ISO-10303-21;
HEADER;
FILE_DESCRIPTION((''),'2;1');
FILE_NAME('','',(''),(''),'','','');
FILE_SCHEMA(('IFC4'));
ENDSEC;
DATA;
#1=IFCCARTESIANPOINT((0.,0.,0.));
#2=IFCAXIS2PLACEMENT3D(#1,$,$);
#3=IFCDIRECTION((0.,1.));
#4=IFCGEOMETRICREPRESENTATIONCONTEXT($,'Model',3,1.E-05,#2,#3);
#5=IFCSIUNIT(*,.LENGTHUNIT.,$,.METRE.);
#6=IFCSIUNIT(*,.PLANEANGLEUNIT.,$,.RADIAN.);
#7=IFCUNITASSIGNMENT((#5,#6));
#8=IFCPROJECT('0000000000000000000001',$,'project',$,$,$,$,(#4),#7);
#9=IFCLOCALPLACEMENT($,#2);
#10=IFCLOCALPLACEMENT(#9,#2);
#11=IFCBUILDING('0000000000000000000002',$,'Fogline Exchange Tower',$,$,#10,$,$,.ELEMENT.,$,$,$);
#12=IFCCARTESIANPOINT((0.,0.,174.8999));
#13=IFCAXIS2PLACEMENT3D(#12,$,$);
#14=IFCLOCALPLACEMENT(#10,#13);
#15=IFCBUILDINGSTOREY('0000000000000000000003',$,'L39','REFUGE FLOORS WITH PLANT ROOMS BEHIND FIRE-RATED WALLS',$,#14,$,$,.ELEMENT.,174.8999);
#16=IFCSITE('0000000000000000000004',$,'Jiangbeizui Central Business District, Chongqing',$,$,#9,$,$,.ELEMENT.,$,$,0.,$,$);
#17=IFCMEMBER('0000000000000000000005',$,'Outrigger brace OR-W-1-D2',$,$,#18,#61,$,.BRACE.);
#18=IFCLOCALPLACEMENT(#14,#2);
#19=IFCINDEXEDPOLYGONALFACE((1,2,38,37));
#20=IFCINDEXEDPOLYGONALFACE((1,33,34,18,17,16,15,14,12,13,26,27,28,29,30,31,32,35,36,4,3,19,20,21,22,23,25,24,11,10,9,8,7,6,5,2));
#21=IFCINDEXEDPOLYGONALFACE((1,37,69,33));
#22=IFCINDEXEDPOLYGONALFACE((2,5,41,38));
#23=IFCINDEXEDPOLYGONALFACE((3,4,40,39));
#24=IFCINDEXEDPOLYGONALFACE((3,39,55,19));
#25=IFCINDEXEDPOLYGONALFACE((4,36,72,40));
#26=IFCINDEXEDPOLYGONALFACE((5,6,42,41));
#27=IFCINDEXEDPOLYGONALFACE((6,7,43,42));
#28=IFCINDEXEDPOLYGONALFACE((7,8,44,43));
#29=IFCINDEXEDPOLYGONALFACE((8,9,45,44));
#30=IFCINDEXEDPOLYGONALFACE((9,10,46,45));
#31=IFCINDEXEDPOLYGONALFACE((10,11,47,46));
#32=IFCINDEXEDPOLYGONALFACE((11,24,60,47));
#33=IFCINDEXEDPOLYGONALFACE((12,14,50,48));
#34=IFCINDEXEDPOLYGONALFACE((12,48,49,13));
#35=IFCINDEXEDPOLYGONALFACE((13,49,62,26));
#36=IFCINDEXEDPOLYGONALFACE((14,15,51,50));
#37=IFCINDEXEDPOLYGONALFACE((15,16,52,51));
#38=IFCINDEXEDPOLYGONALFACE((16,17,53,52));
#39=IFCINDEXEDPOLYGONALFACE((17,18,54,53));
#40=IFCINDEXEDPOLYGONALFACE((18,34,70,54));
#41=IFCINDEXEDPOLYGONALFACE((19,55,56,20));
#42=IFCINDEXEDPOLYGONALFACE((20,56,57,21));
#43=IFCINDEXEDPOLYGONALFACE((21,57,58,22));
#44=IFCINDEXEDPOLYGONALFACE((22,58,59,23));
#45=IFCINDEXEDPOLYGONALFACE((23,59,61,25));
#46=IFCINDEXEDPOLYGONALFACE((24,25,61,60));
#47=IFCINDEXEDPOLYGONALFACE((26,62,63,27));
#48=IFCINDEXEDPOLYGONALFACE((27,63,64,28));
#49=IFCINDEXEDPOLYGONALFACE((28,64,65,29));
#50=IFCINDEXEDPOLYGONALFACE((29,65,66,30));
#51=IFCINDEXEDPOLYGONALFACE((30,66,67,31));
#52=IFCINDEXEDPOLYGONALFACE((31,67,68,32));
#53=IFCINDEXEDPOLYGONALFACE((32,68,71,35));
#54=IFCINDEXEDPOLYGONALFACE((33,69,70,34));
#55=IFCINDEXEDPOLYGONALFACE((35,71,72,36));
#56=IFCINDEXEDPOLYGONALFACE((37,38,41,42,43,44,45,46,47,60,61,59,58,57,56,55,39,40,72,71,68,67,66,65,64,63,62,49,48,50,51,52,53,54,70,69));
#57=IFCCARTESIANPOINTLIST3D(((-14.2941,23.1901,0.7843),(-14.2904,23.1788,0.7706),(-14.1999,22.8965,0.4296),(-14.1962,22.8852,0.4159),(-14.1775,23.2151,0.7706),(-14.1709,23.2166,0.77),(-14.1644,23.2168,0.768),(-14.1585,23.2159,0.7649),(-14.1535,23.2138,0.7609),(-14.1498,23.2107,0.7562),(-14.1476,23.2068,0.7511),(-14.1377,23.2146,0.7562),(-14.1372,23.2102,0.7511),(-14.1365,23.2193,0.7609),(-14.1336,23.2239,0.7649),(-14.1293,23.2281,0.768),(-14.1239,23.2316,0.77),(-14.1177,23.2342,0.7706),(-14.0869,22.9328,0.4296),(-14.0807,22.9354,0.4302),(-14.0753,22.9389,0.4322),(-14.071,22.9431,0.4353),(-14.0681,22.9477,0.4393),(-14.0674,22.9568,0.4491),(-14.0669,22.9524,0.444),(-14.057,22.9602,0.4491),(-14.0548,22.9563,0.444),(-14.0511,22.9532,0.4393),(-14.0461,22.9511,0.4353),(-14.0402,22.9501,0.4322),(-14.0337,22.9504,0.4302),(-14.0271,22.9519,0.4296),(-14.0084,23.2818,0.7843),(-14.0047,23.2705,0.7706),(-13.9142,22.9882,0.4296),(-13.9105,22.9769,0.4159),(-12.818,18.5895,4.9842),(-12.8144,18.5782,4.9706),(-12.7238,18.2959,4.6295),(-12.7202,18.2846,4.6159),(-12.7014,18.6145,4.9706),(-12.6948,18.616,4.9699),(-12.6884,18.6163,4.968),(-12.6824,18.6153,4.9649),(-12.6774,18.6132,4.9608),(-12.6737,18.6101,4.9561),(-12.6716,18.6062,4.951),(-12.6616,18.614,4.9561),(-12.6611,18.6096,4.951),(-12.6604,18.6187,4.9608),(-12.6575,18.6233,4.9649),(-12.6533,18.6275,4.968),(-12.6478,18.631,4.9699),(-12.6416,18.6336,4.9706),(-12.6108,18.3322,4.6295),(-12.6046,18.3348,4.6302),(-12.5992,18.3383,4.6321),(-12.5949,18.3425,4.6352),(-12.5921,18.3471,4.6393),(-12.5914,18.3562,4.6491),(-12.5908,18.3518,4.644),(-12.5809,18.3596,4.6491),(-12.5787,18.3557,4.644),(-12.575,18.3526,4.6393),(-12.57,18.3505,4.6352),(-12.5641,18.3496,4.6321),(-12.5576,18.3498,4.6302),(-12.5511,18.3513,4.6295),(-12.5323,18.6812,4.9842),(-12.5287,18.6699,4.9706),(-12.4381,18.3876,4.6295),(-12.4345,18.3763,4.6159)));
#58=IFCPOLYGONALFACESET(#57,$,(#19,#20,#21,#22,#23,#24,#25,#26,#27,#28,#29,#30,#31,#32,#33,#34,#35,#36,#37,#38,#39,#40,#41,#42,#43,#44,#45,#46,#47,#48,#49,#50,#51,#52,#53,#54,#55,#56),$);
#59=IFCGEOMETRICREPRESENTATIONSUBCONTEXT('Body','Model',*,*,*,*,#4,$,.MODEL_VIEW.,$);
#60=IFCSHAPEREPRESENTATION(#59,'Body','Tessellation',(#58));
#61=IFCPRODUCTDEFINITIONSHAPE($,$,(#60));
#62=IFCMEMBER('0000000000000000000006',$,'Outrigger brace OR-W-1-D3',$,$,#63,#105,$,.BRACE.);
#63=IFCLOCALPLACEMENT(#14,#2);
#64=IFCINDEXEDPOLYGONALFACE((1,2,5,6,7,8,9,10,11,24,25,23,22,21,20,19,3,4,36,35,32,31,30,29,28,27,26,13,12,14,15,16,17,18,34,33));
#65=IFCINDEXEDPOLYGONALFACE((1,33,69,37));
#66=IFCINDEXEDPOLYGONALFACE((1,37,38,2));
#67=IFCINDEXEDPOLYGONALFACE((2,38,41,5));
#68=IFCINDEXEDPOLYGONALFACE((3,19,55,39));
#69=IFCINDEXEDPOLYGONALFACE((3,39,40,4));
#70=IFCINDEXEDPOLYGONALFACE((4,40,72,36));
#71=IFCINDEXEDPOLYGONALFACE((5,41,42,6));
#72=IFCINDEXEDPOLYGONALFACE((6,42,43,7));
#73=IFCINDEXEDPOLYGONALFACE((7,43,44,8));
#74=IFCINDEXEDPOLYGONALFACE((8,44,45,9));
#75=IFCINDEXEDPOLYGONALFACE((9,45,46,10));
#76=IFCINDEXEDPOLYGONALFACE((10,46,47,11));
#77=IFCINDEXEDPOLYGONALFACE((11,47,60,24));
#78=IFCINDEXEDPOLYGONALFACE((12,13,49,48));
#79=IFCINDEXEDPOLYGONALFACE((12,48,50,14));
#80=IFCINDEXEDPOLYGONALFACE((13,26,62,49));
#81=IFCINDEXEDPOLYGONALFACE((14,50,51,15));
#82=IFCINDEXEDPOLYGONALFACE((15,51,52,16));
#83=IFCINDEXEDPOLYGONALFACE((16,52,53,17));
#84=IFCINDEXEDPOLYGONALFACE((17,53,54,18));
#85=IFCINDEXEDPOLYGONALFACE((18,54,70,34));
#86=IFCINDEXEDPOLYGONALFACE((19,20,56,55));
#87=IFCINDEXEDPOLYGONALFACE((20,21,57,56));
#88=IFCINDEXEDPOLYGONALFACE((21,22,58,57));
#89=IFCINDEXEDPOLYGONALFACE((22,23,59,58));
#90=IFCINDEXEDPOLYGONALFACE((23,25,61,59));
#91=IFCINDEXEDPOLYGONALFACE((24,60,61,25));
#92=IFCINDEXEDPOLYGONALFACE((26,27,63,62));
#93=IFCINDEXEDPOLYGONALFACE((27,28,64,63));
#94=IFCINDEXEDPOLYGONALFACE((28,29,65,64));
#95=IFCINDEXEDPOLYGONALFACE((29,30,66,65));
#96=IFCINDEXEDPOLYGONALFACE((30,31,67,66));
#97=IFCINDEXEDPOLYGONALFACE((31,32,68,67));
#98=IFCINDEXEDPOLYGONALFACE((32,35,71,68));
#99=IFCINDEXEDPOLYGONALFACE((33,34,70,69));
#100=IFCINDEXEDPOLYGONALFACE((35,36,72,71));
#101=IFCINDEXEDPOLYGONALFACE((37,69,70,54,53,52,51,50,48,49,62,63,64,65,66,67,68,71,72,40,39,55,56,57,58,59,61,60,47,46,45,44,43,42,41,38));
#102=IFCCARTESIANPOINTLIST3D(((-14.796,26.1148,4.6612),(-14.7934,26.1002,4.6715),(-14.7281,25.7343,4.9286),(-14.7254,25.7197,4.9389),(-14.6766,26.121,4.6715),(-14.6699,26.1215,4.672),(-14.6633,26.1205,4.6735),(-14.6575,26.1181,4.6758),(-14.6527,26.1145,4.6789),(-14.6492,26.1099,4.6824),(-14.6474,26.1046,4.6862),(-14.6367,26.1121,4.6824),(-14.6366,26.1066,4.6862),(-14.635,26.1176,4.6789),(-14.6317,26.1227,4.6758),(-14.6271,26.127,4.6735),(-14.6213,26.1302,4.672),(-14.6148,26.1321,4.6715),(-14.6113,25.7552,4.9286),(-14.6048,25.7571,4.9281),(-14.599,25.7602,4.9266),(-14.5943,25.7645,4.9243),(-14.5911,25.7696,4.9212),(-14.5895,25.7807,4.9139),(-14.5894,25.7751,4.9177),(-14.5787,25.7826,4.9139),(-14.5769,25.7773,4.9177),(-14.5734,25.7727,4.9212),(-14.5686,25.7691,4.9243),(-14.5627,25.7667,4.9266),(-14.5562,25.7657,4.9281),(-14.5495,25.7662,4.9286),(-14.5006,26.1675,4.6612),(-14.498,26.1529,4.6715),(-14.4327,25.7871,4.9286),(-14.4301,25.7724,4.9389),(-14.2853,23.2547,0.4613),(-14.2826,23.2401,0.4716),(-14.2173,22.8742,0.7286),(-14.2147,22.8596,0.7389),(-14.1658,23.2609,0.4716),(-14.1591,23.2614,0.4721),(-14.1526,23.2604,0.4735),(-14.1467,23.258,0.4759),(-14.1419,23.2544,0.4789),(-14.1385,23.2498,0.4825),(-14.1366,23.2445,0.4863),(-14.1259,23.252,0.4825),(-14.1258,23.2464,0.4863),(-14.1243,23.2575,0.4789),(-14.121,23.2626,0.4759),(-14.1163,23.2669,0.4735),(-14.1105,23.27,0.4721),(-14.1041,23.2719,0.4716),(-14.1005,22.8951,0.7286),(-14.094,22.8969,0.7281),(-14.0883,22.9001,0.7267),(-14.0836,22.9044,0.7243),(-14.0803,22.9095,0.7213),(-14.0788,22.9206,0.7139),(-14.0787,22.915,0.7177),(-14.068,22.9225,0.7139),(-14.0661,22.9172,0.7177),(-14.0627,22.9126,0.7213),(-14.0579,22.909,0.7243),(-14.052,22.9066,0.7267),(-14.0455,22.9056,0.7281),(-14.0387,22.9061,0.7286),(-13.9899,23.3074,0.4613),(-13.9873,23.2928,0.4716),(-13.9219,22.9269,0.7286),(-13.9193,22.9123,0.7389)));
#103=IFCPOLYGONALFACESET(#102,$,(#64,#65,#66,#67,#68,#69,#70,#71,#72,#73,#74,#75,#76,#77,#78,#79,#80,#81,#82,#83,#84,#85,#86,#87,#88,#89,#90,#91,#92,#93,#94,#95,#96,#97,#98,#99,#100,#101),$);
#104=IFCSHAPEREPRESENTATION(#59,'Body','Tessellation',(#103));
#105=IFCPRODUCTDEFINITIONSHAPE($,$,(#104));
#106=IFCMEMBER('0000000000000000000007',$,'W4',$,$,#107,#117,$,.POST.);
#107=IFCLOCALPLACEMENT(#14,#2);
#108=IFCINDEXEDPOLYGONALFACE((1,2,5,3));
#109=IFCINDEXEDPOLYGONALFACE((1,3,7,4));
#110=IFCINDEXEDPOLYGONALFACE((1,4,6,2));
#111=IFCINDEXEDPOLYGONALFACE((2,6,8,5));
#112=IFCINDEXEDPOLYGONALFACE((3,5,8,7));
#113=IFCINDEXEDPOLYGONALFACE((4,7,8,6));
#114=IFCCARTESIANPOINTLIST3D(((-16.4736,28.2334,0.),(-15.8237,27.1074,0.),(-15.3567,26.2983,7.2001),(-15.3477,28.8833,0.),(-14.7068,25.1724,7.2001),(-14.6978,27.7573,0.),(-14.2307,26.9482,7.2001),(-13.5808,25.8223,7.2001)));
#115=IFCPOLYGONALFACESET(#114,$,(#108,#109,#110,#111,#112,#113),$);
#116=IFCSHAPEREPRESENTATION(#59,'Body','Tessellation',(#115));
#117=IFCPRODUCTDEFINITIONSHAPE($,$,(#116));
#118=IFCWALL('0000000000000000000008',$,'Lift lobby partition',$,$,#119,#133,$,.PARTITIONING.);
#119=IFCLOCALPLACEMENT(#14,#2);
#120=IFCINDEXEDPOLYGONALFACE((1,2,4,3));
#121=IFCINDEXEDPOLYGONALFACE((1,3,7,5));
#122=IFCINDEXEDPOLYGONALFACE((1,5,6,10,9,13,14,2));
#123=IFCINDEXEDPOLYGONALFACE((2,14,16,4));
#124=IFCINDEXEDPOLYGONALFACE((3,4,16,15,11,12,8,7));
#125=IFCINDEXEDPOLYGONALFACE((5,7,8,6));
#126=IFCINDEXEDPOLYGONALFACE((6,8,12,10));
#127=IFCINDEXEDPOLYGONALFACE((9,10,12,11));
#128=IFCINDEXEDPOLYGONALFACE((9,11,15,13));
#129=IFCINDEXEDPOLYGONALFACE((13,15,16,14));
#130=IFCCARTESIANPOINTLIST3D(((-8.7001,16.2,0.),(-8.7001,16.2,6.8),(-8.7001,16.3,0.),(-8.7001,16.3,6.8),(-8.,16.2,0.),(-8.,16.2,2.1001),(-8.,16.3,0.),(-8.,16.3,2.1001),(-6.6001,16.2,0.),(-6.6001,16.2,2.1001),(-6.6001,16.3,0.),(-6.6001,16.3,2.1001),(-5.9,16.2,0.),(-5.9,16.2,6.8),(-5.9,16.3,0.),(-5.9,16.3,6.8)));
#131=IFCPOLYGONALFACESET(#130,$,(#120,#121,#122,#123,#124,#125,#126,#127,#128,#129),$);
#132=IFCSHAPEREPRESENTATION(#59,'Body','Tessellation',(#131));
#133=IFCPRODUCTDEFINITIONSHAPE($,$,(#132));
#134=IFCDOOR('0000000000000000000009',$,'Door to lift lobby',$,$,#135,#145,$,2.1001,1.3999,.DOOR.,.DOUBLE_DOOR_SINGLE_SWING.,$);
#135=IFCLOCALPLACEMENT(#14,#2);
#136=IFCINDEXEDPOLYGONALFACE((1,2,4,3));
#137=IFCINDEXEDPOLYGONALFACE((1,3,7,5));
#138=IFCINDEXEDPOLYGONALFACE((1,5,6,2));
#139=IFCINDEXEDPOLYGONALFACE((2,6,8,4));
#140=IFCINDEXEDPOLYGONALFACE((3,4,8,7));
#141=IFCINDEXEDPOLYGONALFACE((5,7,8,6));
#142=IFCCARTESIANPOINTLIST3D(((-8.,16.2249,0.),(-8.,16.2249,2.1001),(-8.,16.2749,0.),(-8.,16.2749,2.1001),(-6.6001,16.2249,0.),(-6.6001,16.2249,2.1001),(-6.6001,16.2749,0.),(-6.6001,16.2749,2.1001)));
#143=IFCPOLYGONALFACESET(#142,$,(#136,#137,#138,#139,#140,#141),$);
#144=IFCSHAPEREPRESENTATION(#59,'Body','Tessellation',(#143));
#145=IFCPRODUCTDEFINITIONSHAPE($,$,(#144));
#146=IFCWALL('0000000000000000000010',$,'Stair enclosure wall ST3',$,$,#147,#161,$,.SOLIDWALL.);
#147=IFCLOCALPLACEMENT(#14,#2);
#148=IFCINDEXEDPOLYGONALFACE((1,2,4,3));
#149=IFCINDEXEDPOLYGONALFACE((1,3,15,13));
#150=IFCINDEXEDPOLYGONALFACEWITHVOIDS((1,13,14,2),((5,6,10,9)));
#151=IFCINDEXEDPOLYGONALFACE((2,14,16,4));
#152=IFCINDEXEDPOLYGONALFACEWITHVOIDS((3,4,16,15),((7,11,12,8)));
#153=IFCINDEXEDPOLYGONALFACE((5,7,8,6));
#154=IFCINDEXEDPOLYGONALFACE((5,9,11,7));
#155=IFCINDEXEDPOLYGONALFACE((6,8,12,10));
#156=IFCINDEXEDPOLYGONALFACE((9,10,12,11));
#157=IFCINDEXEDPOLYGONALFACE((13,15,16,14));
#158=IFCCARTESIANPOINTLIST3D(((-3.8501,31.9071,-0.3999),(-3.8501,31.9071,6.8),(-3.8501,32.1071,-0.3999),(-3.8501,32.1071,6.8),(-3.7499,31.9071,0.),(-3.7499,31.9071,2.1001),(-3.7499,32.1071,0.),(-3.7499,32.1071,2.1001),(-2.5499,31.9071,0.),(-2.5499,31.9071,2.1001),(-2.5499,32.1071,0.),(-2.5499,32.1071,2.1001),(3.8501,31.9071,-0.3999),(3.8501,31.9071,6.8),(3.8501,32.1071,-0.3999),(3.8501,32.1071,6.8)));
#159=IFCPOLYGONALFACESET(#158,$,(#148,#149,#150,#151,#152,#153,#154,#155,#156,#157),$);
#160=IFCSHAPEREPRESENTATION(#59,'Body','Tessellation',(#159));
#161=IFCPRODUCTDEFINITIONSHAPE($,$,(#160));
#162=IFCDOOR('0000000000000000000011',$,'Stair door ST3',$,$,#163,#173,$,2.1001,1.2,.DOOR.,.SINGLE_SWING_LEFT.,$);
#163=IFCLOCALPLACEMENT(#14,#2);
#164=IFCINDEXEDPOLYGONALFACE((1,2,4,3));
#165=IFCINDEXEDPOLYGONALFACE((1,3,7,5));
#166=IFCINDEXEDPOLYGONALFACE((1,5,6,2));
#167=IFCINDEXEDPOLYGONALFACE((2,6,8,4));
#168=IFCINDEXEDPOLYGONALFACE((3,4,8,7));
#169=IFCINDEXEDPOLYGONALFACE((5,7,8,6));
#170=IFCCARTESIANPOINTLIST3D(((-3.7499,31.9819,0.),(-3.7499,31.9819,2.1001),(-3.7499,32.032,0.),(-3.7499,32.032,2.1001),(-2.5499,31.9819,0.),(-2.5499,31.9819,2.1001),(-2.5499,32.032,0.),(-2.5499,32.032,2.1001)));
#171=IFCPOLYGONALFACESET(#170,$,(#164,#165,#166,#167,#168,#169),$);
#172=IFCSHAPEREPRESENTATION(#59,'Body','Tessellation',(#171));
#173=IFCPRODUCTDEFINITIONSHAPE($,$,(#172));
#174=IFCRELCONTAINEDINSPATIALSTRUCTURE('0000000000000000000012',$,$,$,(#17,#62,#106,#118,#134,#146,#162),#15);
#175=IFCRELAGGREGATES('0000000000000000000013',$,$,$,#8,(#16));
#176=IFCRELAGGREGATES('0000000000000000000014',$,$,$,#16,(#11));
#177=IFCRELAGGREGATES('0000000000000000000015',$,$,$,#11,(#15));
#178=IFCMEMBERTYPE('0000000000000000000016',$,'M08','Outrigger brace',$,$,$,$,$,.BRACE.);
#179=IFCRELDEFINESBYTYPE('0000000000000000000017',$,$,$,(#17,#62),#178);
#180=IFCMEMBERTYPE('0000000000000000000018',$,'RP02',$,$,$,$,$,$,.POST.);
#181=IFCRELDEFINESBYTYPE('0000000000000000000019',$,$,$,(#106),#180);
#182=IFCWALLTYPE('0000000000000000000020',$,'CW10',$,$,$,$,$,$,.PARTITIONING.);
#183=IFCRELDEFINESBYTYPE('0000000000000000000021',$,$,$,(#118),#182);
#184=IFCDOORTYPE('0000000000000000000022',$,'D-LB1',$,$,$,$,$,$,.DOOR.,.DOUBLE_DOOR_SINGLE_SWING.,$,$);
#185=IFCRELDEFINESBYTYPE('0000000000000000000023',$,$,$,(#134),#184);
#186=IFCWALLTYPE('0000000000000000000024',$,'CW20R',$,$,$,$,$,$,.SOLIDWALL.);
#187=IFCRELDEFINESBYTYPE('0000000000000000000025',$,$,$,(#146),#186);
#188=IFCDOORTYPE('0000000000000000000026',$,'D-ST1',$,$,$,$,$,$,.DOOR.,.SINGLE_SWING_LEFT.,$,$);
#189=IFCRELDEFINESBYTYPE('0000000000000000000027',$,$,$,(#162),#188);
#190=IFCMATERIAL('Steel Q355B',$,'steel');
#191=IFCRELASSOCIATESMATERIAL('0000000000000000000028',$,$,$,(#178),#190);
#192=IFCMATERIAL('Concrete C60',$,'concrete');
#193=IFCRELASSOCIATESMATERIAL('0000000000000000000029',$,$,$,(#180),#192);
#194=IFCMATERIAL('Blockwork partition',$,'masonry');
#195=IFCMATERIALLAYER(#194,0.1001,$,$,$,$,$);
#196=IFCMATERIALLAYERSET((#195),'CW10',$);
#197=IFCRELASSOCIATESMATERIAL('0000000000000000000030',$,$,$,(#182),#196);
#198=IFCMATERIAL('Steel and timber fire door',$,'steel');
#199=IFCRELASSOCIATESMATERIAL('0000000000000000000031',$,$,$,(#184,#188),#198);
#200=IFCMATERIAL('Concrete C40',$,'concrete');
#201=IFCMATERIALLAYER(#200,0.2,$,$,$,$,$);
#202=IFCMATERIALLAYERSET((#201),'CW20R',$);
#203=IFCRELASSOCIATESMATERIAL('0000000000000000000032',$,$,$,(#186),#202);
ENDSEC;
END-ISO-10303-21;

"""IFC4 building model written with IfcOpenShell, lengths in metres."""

from ifc_helpers import new_model, si_unit, direction, frame, frame_2d, origin, origin_2d, place, context, subcontext, project, spatial, rectangle, i_section, extrude, material, layer, layer_set, material_profile, profile_set, type_object, element, fill, save


model = new_model("IFC4")

# Units and contexts
model_context = context("Model", 3, precision=1e-05, world=origin(), true_north=direction((0.0, 1.0)))
body_context = subcontext(model_context, "Body", "Model", "MODEL_VIEW")
ifc_project = project(units=[si_unit("LENGTHUNIT", "METRE"), si_unit("PLANEANGLEUNIT", "RADIAN")], contexts=[model_context])

# Site, building, storey
site_placement = place(None, origin())
site = spatial("IfcSite", under=ifc_project, at=site_placement, Name="Jiangbeizui Central Business District, Chongqing", CompositionType="ELEMENT", RefElevation=0.0)
building_placement = place(site_placement, origin())
building = spatial("IfcBuilding", under=site, at=building_placement, Name="Fogline Exchange Tower", CompositionType="ELEMENT")
storey_placement = place(building_placement, frame((0.0, 0.0, 174.8999)))
storey = spatial("IfcBuildingStorey", under=building, at=storey_placement, Name="L39", Description="REFUGE FLOORS WITH PLANT ROOMS BEHIND FIRE-RATED WALLS", CompositionType="ELEMENT", Elevation=174.8999)

# Shared definitions
ifc_material_1 = material(Name="Concrete C60", Category="concrete")

# Shared definitions
ifc_material_2 = material(Name="Concrete C40", Category="concrete")

# Members
ifc_material_3 = material(Name="Steel Q355B", Category="steel")
ifc_material_profile_1 = material_profile(ifc_material_3, i_section(OverallWidth=0.3, OverallDepth=0.488, WebThickness=0.011, FlangeThickness=0.0181, FilletRadius=0.0259, at=origin_2d()), Name="HM488X300X11X18")
ifc_profile_set_1 = profile_set([ifc_material_profile_1], Name="Steel Q355B")
member_type_1 = type_object("IfcMemberType", Name="M08", Description="Outrigger brace", PredefinedType="BRACE", material=ifc_profile_set_1)
member_1_placement = place(storey_placement, frame((-12.6262, 18.4829, 4.8), z_axis=(-0.23057, 0.718633, -0.656052), x_axis=(-0.95219, -0.305505, 0.0)))
element("IfcMember", 1, at=member_1_placement, inside=storey, type_object=member_type_1, Name="Outrigger brace OR-W-1-D2", PredefinedType="BRACE", context=body_context, shape_type="SweptSolid", body=[
    extrude(i_section(OverallWidth=0.3, OverallDepth=0.488, WebThickness=0.011, FlangeThickness=0.0181, FilletRadius=0.0259, at=origin_2d()), origin(), (0.0, 0.0, 1.0), 6.4019),
])
member_2_placement = place(storey_placement, frame((-14.1023, 23.0835, 0.6001), z_axis=(-0.10001, 0.560045, 0.822403), x_axis=(-0.984427, -0.175794, 0.0)))
element("IfcMember", 2, at=member_2_placement, inside=storey, type_object=member_type_1, Name="Outrigger brace OR-W-1-D3", PredefinedType="BRACE", context=body_context, shape_type="SweptSolid", body=[
    extrude(i_section(OverallWidth=0.3, OverallDepth=0.488, WebThickness=0.011, FlangeThickness=0.0181, FilletRadius=0.0259, at=origin_2d()), origin(), (0.0, 0.0, 1.0), 5.1069),
])
ifc_material_profile_2 = material_profile(ifc_material_1, rectangle(XDim=1.3, YDim=1.3, at=origin_2d()), Name="RC 1300x1300")
ifc_profile_set_2 = profile_set([ifc_material_profile_2], Name="Concrete C60")
member_type_2 = type_object("IfcMemberType", Name="RP02", PredefinedType="POST", material=ifc_profile_set_2)
member_3_placement = place(storey_placement, frame((-15.5857, 27.9954, 0.0), z_axis=(0.0, 0.0, 1.0), x_axis=(0.866076, 0.499912, 0.0)))
element("IfcMember", 3, at=member_3_placement, inside=storey, type_object=member_type_2, Name="W4", PredefinedType="POST", context=body_context, shape_type="SweptSolid", body=[
    extrude(rectangle(XDim=1.3, YDim=1.3, at=origin_2d()), origin(), (0.0, -0.296368, 0.955074), 7.5388),
])

# Walls, openings, doors
ifc_material_4 = material(Name="Blockwork partition", Category="masonry")
ifc_layer_1 = layer(ifc_material_4, 0.1001)
ifc_layer_set_1 = layer_set([ifc_layer_1], Name="CW10")
wall_type_1 = type_object("IfcWallType", Name="CW10", PredefinedType="PARTITIONING", material=ifc_layer_set_1)
wall_1_placement = place(storey_placement, frame((-8.7, 16.25, 0.0), z_axis=(0.0, 0.0, 1.0), x_axis=(1.0, 0.0, 0.0)))
wall_1 = element("IfcWall", 4, at=wall_1_placement, inside=storey, type_object=wall_type_1, Name="Lift lobby partition", PredefinedType="PARTITIONING", context=body_context, shape_type="SweptSolid", body=[
    extrude(rectangle(XDim=2.8, YDim=0.1001, at=frame_2d((1.3999, 0.0))), origin(), (0.0, 0.0, 1.0), 6.8),
])
opening_1_placement = place(wall_1_placement, frame((0.7, 0.0, 0.0)))
opening_1 = element("IfcOpeningElement", 5, at=opening_1_placement, cuts=wall_1, PredefinedType="OPENING", context=body_context, shape_type="SweptSolid", body=[
    extrude(rectangle(XDim=1.3999, YDim=2.1001, at=frame_2d((0.7, 1.05))), frame((0.0, 0.0601, 0.0), z_axis=(0.0, -1.0, 0.0), x_axis=(1.0, 0.0, 0.0)), (0.0, 0.0, 1.0), 0.1201),
])
ifc_material_5 = material(Name="Steel and timber fire door", Category="steel")
door_type_1 = type_object("IfcDoorType", Name="D-LB1", OperationType="DOUBLE_DOOR_SINGLE_SWING", PredefinedType="DOOR", material=ifc_material_5)
door_1_placement = place(opening_1_placement, origin())
door_1 = element("IfcDoor", 6, at=door_1_placement, inside=storey, type_object=door_type_1, Name="Door to lift lobby", OperationType="DOUBLE_DOOR_SINGLE_SWING", OverallHeight=2.1001, OverallWidth=1.3999, PredefinedType="DOOR", context=body_context, shape_type="SweptSolid", body=[
    extrude(rectangle(XDim=1.3999, YDim=2.1001, at=frame_2d((0.7, 1.05))), frame((0.0, 0.0249, 0.0), z_axis=(0.0, -1.0, 0.0), x_axis=(1.0, 0.0, 0.0)), (0.0, 0.0, 1.0), 0.05),
])
fill(opening_1, door_1)
ifc_layer_2 = layer(ifc_material_2, 0.2)
ifc_layer_set_2 = layer_set([ifc_layer_2], Name="CW20R")
wall_type_2 = type_object("IfcWallType", Name="CW20R", PredefinedType="SOLIDWALL", material=ifc_layer_set_2)
wall_2_placement = place(storey_placement, frame((-3.8501, 32.0071, -0.3999), z_axis=(0.0, 0.0, 1.0), x_axis=(1.0, 0.0, 0.0)))
wall_2 = element("IfcWall", 7, at=wall_2_placement, inside=storey, type_object=wall_type_2, Name="Stair enclosure wall ST3", PredefinedType="SOLIDWALL", context=body_context, shape_type="SweptSolid", body=[
    extrude(rectangle(XDim=7.7002, YDim=0.2, at=frame_2d((3.8501, 0.0))), origin(), (0.0, 0.0, 1.0), 7.2),
])
opening_2_placement = place(wall_2_placement, frame((0.1001, 0.0, 0.3999)))
opening_2 = element("IfcOpeningElement", 8, at=opening_2_placement, cuts=wall_2, PredefinedType="OPENING", context=body_context, shape_type="SweptSolid", body=[
    extrude(rectangle(XDim=1.2, YDim=2.1001, at=frame_2d((0.6001, 1.05))), frame((0.0, 0.1099, 0.0), z_axis=(0.0, -1.0, 0.0), x_axis=(1.0, 0.0, 0.0)), (0.0, 0.0, 1.0), 0.22),
])
door_type_2 = type_object("IfcDoorType", Name="D-ST1", OperationType="SINGLE_SWING_LEFT", PredefinedType="DOOR", material=ifc_material_5)
door_2_placement = place(opening_2_placement, origin())
door_2 = element("IfcDoor", 9, at=door_2_placement, inside=storey, type_object=door_type_2, Name="Stair door ST3", OperationType="SINGLE_SWING_LEFT", OverallHeight=2.1001, OverallWidth=1.2, PredefinedType="DOOR", context=body_context, shape_type="SweptSolid", body=[
    extrude(rectangle(XDim=1.2, YDim=2.1001, at=frame_2d((0.6001, 1.05))), frame((0.0, 0.0249, 0.0), z_axis=(0.0, -1.0, 0.0), x_axis=(1.0, 0.0, 0.0)), (0.0, 0.0, 1.0), 0.05),
])
fill(opening_2, door_2)

save(model, "model.ifc")
